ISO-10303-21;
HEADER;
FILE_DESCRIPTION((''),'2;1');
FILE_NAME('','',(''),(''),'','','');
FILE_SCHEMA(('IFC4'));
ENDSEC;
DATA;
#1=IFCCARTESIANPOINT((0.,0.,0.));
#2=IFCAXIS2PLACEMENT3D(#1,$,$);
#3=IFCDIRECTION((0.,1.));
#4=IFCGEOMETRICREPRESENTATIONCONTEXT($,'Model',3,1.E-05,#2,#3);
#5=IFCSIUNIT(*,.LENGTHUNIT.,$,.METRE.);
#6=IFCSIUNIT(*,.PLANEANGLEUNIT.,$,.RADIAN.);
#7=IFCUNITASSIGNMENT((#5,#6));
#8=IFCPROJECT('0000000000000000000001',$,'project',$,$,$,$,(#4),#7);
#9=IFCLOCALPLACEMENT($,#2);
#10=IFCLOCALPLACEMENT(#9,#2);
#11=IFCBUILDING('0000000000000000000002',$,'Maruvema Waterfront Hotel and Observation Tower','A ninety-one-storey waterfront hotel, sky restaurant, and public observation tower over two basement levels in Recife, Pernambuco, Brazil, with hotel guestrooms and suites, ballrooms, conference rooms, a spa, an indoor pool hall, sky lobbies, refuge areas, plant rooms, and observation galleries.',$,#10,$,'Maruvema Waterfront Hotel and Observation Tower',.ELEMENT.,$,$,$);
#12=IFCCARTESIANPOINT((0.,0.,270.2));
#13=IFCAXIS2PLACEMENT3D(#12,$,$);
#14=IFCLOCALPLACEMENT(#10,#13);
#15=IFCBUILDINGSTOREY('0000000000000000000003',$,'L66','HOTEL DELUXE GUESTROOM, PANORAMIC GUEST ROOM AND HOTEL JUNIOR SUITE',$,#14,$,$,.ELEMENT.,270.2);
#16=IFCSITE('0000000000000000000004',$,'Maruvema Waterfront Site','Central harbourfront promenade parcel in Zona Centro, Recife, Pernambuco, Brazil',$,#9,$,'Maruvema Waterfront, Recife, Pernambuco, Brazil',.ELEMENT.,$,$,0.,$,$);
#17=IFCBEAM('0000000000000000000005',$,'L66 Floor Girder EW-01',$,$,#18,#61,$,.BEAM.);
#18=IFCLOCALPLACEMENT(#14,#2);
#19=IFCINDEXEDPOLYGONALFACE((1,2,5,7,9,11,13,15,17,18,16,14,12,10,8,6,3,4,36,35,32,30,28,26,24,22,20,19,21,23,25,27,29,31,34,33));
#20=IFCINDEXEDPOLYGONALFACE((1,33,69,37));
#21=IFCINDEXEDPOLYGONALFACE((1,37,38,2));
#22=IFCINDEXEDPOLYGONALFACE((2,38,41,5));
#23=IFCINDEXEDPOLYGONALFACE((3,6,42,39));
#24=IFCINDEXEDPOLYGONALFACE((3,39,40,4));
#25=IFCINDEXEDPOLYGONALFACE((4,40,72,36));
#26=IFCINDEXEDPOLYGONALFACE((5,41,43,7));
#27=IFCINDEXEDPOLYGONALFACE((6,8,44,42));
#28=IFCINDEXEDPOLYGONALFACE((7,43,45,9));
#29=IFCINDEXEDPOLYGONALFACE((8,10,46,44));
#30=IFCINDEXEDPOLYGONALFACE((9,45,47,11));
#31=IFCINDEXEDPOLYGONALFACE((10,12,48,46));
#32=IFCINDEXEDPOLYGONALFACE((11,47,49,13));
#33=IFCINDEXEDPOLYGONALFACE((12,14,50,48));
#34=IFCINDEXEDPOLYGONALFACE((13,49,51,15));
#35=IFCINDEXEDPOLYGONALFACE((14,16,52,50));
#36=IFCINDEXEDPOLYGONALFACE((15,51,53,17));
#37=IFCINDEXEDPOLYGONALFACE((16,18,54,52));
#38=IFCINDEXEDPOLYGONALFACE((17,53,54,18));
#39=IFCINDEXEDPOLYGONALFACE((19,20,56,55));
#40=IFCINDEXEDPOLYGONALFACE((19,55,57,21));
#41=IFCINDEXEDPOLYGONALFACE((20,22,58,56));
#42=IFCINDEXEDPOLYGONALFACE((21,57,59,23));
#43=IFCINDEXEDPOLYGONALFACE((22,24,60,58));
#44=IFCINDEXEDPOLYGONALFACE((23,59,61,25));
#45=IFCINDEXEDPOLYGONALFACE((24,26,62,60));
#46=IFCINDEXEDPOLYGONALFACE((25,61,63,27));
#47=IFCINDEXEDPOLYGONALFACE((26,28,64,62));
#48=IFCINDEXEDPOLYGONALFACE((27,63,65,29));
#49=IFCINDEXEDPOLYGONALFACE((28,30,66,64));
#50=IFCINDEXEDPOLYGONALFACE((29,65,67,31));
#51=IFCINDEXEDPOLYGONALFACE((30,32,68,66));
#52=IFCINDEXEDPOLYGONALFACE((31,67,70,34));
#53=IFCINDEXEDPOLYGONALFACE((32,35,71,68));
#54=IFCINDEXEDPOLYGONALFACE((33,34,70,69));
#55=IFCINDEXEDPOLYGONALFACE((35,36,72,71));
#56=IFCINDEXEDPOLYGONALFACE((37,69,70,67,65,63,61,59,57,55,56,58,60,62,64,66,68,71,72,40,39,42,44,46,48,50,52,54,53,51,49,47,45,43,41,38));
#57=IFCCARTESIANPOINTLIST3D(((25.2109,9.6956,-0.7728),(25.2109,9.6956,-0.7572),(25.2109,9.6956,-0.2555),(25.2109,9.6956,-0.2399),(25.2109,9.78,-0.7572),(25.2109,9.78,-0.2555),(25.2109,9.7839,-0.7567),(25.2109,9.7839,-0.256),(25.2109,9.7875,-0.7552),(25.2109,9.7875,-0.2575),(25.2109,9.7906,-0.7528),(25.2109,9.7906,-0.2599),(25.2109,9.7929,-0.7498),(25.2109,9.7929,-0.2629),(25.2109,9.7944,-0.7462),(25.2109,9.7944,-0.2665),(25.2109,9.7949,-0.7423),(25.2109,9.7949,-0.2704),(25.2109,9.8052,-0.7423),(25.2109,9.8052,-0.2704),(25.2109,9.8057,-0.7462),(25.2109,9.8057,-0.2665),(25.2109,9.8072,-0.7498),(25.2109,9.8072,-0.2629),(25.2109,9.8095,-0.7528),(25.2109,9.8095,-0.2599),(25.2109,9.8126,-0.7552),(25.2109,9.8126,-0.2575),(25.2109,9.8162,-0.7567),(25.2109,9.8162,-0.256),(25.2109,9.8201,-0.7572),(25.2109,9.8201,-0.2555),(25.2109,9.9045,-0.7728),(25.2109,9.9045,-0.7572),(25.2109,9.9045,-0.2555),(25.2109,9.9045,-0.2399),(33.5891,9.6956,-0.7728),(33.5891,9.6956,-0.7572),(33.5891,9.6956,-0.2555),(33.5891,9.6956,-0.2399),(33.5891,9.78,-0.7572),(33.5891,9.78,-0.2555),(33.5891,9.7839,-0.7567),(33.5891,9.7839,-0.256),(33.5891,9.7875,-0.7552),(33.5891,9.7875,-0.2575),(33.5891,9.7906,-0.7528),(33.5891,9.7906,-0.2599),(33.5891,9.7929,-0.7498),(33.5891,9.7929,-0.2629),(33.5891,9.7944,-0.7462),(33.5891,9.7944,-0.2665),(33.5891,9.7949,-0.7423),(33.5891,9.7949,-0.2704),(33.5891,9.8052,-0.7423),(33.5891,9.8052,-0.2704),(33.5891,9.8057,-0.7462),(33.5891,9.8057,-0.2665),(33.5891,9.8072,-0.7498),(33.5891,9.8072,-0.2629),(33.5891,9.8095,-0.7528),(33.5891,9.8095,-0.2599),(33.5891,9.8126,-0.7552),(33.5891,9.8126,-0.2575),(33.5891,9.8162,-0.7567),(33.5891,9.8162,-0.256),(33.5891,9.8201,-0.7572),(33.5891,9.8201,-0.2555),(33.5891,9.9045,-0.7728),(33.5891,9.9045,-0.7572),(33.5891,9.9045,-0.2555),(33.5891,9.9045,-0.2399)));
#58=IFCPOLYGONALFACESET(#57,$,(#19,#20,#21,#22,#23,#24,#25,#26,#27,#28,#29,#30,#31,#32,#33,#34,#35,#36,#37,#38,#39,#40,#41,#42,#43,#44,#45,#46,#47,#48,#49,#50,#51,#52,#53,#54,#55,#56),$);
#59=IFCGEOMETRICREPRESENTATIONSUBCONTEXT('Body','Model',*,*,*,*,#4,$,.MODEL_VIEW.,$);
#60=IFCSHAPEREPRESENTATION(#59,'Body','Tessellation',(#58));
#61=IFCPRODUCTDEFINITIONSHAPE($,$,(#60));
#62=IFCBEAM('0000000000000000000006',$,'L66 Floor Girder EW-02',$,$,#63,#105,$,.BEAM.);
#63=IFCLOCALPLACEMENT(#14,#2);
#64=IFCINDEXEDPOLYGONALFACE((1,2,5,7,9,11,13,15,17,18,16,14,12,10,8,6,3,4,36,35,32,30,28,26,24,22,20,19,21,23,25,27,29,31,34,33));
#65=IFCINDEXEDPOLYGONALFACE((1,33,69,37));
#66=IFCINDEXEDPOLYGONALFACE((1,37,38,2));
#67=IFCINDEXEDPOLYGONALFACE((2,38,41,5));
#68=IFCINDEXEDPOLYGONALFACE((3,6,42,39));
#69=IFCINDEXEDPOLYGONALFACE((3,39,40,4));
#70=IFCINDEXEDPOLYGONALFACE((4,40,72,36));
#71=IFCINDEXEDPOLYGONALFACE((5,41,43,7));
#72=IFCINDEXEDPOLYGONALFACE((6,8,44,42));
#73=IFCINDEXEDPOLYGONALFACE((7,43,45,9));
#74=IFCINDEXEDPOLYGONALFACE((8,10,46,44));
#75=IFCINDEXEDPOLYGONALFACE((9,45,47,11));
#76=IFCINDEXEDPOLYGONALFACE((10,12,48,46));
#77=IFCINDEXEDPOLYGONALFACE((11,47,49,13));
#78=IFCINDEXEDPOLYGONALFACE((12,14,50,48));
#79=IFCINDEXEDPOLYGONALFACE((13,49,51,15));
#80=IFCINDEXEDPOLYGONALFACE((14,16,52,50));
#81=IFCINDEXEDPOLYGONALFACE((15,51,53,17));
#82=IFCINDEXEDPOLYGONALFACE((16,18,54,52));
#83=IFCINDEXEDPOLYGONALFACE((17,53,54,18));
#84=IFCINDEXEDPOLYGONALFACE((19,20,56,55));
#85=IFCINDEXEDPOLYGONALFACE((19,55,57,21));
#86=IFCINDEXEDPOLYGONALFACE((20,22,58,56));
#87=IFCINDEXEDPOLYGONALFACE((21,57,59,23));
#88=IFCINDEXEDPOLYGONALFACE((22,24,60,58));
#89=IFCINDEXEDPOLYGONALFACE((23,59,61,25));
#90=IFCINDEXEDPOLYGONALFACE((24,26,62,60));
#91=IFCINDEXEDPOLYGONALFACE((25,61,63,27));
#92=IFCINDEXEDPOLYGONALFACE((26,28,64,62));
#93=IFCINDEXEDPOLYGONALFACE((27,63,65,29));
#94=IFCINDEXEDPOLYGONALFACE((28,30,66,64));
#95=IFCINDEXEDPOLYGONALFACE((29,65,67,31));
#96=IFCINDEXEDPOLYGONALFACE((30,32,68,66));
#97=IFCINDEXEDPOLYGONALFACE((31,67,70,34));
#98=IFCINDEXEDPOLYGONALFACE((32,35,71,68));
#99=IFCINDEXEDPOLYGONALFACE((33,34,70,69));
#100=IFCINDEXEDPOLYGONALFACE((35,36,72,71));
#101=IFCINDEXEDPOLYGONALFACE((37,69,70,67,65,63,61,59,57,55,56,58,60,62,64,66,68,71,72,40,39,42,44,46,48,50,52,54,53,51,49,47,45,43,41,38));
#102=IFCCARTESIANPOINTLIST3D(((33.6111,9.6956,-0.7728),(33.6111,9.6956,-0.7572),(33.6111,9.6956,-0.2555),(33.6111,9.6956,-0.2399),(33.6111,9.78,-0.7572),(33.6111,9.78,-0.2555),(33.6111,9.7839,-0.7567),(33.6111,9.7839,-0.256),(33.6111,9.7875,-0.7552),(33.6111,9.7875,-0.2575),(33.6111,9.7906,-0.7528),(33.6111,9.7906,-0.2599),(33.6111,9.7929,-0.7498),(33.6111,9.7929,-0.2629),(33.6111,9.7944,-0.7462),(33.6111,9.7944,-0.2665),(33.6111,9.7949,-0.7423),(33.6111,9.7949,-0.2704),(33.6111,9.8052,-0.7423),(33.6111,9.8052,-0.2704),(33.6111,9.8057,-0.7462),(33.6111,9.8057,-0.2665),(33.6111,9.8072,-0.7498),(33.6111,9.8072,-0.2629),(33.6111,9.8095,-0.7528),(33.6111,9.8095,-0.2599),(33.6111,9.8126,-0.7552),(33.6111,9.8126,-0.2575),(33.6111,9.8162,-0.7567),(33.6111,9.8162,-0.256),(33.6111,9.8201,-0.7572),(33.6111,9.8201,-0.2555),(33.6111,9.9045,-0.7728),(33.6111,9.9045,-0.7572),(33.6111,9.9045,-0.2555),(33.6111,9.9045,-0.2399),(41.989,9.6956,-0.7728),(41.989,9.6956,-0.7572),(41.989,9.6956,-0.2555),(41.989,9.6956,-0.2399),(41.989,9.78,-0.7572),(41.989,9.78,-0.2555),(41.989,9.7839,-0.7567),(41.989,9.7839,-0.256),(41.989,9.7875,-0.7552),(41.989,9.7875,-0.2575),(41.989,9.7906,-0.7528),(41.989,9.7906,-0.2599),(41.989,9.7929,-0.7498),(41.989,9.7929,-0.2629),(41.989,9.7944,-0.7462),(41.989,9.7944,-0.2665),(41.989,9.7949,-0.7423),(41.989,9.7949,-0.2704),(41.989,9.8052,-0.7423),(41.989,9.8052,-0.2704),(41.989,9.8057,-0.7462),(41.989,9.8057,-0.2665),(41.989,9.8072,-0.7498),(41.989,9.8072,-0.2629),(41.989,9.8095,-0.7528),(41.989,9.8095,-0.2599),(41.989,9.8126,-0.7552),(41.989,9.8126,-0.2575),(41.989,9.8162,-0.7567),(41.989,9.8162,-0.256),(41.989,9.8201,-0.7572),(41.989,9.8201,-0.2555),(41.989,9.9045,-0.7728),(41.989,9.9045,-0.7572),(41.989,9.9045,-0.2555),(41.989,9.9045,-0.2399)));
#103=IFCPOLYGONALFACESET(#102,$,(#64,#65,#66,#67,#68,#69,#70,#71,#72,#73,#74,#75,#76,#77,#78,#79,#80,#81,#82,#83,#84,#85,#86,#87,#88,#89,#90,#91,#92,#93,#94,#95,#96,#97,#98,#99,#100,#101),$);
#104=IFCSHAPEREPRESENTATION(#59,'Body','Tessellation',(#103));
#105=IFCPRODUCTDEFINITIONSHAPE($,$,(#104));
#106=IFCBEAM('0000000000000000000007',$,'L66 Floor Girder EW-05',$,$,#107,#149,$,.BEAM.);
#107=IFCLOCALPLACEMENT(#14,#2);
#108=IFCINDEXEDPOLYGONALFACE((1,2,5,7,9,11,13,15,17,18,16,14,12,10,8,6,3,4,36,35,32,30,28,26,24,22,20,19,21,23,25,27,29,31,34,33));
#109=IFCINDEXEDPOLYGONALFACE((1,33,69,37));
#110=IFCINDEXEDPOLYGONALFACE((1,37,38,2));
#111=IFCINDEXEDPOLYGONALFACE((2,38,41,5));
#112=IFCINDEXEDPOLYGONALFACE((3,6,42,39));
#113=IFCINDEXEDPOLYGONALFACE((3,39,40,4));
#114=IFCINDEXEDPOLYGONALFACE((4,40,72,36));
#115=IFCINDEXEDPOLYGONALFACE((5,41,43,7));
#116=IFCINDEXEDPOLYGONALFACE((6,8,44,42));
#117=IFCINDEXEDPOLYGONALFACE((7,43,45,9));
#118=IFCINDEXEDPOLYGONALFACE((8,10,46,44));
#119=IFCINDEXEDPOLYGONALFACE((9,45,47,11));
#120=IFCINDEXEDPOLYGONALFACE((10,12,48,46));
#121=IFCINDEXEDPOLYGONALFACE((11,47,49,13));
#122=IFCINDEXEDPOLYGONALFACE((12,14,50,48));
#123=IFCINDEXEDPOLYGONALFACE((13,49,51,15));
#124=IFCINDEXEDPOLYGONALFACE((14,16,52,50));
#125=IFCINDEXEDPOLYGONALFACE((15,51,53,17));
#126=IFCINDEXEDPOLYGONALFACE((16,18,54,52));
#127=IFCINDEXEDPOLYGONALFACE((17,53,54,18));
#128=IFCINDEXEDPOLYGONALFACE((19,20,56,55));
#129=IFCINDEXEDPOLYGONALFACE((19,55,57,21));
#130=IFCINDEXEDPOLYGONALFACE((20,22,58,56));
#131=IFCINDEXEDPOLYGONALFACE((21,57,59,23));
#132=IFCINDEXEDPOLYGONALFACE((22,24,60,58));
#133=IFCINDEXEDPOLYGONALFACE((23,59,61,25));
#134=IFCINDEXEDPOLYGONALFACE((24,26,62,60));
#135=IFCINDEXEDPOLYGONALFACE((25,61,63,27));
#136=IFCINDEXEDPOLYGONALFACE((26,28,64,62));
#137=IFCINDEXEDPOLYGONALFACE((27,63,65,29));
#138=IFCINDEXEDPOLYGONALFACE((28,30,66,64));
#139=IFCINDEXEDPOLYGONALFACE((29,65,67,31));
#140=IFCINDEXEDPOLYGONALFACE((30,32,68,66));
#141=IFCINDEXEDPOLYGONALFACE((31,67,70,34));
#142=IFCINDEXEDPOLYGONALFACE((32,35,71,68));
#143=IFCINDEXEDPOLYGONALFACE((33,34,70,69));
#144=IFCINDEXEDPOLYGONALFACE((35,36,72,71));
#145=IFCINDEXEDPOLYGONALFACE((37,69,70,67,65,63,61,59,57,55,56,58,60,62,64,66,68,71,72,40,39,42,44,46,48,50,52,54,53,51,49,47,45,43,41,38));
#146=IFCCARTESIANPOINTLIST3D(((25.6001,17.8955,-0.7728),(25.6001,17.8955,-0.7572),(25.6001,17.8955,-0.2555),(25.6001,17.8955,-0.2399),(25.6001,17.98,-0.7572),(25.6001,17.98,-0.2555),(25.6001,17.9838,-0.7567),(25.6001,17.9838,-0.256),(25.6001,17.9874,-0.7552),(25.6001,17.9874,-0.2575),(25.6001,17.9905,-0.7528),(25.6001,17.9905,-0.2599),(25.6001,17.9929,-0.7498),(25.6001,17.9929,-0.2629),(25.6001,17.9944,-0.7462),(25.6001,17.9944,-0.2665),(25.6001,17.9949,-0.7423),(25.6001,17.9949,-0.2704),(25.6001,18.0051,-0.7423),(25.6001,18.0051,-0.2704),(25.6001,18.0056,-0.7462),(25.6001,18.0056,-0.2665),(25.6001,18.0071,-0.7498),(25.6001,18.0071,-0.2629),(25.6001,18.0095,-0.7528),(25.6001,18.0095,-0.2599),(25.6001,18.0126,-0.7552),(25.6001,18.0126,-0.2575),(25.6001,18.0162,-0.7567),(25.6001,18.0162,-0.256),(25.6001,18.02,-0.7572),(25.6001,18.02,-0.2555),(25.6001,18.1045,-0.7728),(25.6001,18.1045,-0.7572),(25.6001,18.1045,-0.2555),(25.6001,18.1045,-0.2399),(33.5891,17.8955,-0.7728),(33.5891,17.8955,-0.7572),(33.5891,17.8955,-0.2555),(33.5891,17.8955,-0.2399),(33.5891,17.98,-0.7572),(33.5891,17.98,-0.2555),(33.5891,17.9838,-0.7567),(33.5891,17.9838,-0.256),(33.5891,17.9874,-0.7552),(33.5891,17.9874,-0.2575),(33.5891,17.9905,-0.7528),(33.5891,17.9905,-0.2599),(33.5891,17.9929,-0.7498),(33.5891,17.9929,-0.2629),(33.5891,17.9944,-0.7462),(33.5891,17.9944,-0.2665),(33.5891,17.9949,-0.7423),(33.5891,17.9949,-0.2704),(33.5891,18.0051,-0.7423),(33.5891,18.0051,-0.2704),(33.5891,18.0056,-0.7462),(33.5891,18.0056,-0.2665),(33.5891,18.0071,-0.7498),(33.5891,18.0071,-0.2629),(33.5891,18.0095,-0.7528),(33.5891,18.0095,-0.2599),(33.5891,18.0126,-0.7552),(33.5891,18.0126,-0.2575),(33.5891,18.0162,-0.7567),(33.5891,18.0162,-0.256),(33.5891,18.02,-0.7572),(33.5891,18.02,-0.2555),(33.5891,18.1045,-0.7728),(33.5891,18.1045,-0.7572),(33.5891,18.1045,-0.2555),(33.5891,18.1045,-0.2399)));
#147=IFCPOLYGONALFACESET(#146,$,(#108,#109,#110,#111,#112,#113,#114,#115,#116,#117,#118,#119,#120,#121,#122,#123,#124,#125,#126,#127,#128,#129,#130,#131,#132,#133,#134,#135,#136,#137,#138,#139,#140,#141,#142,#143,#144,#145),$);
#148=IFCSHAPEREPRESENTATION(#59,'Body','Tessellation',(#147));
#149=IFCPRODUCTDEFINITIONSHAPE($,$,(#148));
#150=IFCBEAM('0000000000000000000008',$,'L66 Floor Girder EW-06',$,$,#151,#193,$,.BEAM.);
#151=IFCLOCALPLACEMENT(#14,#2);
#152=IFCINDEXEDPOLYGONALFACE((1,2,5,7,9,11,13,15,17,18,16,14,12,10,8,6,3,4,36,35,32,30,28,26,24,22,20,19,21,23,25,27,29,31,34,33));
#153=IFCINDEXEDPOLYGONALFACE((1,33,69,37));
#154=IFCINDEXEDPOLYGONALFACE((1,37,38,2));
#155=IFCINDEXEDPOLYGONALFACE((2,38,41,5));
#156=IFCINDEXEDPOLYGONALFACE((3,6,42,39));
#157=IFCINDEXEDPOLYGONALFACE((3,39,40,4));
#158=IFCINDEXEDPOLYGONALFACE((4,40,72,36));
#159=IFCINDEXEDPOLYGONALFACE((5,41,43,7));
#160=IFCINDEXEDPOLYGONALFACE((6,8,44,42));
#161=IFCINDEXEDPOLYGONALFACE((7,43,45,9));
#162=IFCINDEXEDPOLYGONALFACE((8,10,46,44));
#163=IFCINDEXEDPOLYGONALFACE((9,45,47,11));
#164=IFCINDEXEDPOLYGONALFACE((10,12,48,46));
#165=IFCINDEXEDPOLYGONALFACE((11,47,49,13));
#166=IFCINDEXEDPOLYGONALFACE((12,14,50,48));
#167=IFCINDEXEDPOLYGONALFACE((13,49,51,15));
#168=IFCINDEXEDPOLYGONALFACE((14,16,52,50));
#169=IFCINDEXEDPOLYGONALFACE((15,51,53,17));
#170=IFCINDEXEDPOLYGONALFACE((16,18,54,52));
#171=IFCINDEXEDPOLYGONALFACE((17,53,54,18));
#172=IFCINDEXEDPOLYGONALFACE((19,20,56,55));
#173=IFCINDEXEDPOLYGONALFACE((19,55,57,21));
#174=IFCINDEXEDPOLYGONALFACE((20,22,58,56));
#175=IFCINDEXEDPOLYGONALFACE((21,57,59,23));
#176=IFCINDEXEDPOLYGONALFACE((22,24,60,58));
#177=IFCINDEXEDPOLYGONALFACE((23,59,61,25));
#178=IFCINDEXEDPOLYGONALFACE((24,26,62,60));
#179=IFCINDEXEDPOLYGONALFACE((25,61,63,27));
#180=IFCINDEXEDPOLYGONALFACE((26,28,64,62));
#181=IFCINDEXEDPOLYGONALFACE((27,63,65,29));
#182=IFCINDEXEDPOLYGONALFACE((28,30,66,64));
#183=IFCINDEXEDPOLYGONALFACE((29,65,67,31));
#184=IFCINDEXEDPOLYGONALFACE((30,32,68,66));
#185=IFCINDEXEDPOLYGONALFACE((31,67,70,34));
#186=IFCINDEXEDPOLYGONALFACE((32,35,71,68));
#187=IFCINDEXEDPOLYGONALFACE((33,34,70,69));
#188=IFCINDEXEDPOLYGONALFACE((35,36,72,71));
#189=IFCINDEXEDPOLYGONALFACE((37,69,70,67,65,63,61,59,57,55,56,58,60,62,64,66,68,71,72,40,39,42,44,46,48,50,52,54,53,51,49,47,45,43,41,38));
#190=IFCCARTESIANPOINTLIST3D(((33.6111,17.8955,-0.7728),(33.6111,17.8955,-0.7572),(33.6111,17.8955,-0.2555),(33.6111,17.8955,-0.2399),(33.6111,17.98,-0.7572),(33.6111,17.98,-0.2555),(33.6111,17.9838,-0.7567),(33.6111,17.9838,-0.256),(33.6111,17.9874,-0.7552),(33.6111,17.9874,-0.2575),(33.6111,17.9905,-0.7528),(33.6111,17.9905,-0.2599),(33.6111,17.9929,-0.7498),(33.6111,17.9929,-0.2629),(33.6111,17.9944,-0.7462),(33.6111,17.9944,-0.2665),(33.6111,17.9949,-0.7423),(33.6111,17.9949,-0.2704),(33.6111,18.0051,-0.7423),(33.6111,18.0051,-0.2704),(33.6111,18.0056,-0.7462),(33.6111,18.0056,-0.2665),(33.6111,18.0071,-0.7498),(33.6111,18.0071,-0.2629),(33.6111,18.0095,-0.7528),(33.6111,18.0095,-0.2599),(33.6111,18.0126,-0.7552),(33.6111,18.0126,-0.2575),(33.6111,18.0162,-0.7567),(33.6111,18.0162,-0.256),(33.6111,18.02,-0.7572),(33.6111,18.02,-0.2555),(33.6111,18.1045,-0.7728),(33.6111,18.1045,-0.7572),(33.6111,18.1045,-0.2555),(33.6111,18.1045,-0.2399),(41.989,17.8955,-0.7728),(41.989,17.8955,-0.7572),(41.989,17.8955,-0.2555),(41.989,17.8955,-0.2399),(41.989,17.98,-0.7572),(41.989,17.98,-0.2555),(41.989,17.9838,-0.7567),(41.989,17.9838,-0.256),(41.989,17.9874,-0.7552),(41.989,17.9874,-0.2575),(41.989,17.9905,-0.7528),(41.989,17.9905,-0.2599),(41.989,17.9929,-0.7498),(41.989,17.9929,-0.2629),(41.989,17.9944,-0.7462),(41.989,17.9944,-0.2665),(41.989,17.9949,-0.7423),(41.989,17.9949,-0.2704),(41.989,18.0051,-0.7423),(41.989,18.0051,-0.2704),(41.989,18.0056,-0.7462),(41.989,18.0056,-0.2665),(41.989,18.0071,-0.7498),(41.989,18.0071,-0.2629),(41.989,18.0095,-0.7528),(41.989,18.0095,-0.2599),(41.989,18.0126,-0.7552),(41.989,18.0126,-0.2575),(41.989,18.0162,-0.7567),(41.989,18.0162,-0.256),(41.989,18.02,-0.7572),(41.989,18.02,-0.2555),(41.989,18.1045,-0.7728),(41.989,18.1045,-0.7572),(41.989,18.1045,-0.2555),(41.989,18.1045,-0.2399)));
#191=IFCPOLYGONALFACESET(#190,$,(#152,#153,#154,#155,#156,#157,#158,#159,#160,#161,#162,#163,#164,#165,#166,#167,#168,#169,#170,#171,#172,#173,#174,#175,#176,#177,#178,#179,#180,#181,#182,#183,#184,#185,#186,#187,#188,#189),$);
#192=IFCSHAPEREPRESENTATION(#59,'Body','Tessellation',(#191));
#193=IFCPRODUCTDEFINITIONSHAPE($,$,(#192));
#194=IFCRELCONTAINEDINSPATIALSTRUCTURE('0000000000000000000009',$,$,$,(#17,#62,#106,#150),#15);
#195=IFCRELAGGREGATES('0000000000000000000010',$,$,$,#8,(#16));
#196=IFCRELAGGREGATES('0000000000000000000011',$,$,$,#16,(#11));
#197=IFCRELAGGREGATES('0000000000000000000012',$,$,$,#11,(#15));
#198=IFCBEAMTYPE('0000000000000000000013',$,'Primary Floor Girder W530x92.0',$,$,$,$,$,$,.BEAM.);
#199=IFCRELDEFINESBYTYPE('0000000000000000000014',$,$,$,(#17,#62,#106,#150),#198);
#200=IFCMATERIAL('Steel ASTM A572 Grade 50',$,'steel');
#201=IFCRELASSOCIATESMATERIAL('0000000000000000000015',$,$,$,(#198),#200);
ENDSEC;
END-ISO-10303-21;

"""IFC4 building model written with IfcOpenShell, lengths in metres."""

from ifc_helpers import new_model, si_unit, direction, frame, origin, origin_2d, place, context, subcontext, project, spatial, i_section, extrude, material, material_profile, profile_set, type_object, element, save


model = new_model("IFC4")

# Units and contexts
model_context = context("Model", 3, precision=1e-05, world=origin(), true_north=direction((0.0, 1.0)))
body_context = subcontext(model_context, "Body", "Model", "MODEL_VIEW")
ifc_project = project(units=[si_unit("LENGTHUNIT", "METRE"), si_unit("PLANEANGLEUNIT", "RADIAN")], contexts=[model_context])

# Site, building, storey
site_placement = place(None, origin())
site = spatial("IfcSite", under=ifc_project, at=site_placement, Name="Maruvema Waterfront Site", Description="Central harbourfront promenade parcel in Zona Centro, Recife, Pernambuco, Brazil", LongName="Maruvema Waterfront, Recife, Pernambuco, Brazil", CompositionType="ELEMENT", RefElevation=0.0)
building_placement = place(site_placement, origin())
building = spatial("IfcBuilding", under=site, at=building_placement, Name="Maruvema Waterfront Hotel and Observation Tower", Description="A ninety-one-storey waterfront hotel, sky restaurant, and public observation tower over two basement levels in Recife, Pernambuco, Brazil, with hotel guestrooms and suites, ballrooms, conference rooms, a spa, an indoor pool hall, sky lobbies, refuge areas, plant rooms, and observation galleries.", LongName="Maruvema Waterfront Hotel and Observation Tower", CompositionType="ELEMENT")
storey_placement = place(building_placement, frame((0.0, 0.0, 270.2)))
storey = spatial("IfcBuildingStorey", under=building, at=storey_placement, Name="L66", Description="HOTEL DELUXE GUESTROOM, PANORAMIC GUEST ROOM AND HOTEL JUNIOR SUITE", CompositionType="ELEMENT", Elevation=270.2)

# Beams
ifc_material_1 = material(Name="Steel ASTM A572 Grade 50", Category="steel")
ifc_material_profile_1 = material_profile(ifc_material_1, i_section(OverallWidth=0.209, OverallDepth=0.533, WebThickness=0.0103, FlangeThickness=0.0156, FilletRadius=0.0149, at=origin_2d()), Name="W530x92.0")
ifc_profile_set_1 = profile_set([ifc_material_profile_1], Name="Steel ASTM A572 Grade 50")
beam_type_1 = type_object("IfcBeamType", Name="Primary Floor Girder W530x92.0", PredefinedType="BEAM", material=ifc_profile_set_1)
beam_1_placement = place(storey_placement, frame((25.2109, 9.8, -0.5063), z_axis=(1.0, 0.0, 0.0), x_axis=(0.0, 1.0, 0.0)))
element("IfcBeam", 1, at=beam_1_placement, inside=storey, type_object=beam_type_1, Name="L66 Floor Girder EW-01", PredefinedType="BEAM", context=body_context, shape_type="SweptSolid", body=[
    extrude(i_section(OverallWidth=0.209, OverallDepth=0.533, WebThickness=0.0103, FlangeThickness=0.0156, FilletRadius=0.0149, at=origin_2d()), origin(), (0.0, 0.0, 1.0), 8.3782),
])
beam_2_placement = place(storey_placement, frame((33.6111, 9.8, -0.5063), z_axis=(1.0, 0.0, 0.0), x_axis=(0.0, 1.0, 0.0)))
element("IfcBeam", 2, at=beam_2_placement, inside=storey, type_object=beam_type_1, Name="L66 Floor Girder EW-02", PredefinedType="BEAM", context=body_context, shape_type="SweptSolid", body=[
    extrude(i_section(OverallWidth=0.209, OverallDepth=0.533, WebThickness=0.0103, FlangeThickness=0.0156, FilletRadius=0.0149, at=origin_2d()), origin(), (0.0, 0.0, 1.0), 8.3779),
])
beam_3_placement = place(storey_placement, frame((25.6001, 18.0, -0.5063), z_axis=(1.0, 0.0, 0.0), x_axis=(0.0, 1.0, 0.0)))
element("IfcBeam", 3, at=beam_3_placement, inside=storey, type_object=beam_type_1, Name="L66 Floor Girder EW-05", PredefinedType="BEAM", context=body_context, shape_type="SweptSolid", body=[
    extrude(i_section(OverallWidth=0.209, OverallDepth=0.533, WebThickness=0.0103, FlangeThickness=0.0156, FilletRadius=0.0149, at=origin_2d()), origin(), (0.0, 0.0, 1.0), 7.989),
])
beam_4_placement = place(storey_placement, frame((33.6111, 18.0, -0.5063), z_axis=(1.0, 0.0, 0.0), x_axis=(0.0, 1.0, 0.0)))
element("IfcBeam", 4, at=beam_4_placement, inside=storey, type_object=beam_type_1, Name="L66 Floor Girder EW-06", PredefinedType="BEAM", context=body_context, shape_type="SweptSolid", body=[
    extrude(i_section(OverallWidth=0.209, OverallDepth=0.533, WebThickness=0.0103, FlangeThickness=0.0156, FilletRadius=0.0149, at=origin_2d()), origin(), (0.0, 0.0, 1.0), 8.3779),
])

save(model, "model.ifc")
